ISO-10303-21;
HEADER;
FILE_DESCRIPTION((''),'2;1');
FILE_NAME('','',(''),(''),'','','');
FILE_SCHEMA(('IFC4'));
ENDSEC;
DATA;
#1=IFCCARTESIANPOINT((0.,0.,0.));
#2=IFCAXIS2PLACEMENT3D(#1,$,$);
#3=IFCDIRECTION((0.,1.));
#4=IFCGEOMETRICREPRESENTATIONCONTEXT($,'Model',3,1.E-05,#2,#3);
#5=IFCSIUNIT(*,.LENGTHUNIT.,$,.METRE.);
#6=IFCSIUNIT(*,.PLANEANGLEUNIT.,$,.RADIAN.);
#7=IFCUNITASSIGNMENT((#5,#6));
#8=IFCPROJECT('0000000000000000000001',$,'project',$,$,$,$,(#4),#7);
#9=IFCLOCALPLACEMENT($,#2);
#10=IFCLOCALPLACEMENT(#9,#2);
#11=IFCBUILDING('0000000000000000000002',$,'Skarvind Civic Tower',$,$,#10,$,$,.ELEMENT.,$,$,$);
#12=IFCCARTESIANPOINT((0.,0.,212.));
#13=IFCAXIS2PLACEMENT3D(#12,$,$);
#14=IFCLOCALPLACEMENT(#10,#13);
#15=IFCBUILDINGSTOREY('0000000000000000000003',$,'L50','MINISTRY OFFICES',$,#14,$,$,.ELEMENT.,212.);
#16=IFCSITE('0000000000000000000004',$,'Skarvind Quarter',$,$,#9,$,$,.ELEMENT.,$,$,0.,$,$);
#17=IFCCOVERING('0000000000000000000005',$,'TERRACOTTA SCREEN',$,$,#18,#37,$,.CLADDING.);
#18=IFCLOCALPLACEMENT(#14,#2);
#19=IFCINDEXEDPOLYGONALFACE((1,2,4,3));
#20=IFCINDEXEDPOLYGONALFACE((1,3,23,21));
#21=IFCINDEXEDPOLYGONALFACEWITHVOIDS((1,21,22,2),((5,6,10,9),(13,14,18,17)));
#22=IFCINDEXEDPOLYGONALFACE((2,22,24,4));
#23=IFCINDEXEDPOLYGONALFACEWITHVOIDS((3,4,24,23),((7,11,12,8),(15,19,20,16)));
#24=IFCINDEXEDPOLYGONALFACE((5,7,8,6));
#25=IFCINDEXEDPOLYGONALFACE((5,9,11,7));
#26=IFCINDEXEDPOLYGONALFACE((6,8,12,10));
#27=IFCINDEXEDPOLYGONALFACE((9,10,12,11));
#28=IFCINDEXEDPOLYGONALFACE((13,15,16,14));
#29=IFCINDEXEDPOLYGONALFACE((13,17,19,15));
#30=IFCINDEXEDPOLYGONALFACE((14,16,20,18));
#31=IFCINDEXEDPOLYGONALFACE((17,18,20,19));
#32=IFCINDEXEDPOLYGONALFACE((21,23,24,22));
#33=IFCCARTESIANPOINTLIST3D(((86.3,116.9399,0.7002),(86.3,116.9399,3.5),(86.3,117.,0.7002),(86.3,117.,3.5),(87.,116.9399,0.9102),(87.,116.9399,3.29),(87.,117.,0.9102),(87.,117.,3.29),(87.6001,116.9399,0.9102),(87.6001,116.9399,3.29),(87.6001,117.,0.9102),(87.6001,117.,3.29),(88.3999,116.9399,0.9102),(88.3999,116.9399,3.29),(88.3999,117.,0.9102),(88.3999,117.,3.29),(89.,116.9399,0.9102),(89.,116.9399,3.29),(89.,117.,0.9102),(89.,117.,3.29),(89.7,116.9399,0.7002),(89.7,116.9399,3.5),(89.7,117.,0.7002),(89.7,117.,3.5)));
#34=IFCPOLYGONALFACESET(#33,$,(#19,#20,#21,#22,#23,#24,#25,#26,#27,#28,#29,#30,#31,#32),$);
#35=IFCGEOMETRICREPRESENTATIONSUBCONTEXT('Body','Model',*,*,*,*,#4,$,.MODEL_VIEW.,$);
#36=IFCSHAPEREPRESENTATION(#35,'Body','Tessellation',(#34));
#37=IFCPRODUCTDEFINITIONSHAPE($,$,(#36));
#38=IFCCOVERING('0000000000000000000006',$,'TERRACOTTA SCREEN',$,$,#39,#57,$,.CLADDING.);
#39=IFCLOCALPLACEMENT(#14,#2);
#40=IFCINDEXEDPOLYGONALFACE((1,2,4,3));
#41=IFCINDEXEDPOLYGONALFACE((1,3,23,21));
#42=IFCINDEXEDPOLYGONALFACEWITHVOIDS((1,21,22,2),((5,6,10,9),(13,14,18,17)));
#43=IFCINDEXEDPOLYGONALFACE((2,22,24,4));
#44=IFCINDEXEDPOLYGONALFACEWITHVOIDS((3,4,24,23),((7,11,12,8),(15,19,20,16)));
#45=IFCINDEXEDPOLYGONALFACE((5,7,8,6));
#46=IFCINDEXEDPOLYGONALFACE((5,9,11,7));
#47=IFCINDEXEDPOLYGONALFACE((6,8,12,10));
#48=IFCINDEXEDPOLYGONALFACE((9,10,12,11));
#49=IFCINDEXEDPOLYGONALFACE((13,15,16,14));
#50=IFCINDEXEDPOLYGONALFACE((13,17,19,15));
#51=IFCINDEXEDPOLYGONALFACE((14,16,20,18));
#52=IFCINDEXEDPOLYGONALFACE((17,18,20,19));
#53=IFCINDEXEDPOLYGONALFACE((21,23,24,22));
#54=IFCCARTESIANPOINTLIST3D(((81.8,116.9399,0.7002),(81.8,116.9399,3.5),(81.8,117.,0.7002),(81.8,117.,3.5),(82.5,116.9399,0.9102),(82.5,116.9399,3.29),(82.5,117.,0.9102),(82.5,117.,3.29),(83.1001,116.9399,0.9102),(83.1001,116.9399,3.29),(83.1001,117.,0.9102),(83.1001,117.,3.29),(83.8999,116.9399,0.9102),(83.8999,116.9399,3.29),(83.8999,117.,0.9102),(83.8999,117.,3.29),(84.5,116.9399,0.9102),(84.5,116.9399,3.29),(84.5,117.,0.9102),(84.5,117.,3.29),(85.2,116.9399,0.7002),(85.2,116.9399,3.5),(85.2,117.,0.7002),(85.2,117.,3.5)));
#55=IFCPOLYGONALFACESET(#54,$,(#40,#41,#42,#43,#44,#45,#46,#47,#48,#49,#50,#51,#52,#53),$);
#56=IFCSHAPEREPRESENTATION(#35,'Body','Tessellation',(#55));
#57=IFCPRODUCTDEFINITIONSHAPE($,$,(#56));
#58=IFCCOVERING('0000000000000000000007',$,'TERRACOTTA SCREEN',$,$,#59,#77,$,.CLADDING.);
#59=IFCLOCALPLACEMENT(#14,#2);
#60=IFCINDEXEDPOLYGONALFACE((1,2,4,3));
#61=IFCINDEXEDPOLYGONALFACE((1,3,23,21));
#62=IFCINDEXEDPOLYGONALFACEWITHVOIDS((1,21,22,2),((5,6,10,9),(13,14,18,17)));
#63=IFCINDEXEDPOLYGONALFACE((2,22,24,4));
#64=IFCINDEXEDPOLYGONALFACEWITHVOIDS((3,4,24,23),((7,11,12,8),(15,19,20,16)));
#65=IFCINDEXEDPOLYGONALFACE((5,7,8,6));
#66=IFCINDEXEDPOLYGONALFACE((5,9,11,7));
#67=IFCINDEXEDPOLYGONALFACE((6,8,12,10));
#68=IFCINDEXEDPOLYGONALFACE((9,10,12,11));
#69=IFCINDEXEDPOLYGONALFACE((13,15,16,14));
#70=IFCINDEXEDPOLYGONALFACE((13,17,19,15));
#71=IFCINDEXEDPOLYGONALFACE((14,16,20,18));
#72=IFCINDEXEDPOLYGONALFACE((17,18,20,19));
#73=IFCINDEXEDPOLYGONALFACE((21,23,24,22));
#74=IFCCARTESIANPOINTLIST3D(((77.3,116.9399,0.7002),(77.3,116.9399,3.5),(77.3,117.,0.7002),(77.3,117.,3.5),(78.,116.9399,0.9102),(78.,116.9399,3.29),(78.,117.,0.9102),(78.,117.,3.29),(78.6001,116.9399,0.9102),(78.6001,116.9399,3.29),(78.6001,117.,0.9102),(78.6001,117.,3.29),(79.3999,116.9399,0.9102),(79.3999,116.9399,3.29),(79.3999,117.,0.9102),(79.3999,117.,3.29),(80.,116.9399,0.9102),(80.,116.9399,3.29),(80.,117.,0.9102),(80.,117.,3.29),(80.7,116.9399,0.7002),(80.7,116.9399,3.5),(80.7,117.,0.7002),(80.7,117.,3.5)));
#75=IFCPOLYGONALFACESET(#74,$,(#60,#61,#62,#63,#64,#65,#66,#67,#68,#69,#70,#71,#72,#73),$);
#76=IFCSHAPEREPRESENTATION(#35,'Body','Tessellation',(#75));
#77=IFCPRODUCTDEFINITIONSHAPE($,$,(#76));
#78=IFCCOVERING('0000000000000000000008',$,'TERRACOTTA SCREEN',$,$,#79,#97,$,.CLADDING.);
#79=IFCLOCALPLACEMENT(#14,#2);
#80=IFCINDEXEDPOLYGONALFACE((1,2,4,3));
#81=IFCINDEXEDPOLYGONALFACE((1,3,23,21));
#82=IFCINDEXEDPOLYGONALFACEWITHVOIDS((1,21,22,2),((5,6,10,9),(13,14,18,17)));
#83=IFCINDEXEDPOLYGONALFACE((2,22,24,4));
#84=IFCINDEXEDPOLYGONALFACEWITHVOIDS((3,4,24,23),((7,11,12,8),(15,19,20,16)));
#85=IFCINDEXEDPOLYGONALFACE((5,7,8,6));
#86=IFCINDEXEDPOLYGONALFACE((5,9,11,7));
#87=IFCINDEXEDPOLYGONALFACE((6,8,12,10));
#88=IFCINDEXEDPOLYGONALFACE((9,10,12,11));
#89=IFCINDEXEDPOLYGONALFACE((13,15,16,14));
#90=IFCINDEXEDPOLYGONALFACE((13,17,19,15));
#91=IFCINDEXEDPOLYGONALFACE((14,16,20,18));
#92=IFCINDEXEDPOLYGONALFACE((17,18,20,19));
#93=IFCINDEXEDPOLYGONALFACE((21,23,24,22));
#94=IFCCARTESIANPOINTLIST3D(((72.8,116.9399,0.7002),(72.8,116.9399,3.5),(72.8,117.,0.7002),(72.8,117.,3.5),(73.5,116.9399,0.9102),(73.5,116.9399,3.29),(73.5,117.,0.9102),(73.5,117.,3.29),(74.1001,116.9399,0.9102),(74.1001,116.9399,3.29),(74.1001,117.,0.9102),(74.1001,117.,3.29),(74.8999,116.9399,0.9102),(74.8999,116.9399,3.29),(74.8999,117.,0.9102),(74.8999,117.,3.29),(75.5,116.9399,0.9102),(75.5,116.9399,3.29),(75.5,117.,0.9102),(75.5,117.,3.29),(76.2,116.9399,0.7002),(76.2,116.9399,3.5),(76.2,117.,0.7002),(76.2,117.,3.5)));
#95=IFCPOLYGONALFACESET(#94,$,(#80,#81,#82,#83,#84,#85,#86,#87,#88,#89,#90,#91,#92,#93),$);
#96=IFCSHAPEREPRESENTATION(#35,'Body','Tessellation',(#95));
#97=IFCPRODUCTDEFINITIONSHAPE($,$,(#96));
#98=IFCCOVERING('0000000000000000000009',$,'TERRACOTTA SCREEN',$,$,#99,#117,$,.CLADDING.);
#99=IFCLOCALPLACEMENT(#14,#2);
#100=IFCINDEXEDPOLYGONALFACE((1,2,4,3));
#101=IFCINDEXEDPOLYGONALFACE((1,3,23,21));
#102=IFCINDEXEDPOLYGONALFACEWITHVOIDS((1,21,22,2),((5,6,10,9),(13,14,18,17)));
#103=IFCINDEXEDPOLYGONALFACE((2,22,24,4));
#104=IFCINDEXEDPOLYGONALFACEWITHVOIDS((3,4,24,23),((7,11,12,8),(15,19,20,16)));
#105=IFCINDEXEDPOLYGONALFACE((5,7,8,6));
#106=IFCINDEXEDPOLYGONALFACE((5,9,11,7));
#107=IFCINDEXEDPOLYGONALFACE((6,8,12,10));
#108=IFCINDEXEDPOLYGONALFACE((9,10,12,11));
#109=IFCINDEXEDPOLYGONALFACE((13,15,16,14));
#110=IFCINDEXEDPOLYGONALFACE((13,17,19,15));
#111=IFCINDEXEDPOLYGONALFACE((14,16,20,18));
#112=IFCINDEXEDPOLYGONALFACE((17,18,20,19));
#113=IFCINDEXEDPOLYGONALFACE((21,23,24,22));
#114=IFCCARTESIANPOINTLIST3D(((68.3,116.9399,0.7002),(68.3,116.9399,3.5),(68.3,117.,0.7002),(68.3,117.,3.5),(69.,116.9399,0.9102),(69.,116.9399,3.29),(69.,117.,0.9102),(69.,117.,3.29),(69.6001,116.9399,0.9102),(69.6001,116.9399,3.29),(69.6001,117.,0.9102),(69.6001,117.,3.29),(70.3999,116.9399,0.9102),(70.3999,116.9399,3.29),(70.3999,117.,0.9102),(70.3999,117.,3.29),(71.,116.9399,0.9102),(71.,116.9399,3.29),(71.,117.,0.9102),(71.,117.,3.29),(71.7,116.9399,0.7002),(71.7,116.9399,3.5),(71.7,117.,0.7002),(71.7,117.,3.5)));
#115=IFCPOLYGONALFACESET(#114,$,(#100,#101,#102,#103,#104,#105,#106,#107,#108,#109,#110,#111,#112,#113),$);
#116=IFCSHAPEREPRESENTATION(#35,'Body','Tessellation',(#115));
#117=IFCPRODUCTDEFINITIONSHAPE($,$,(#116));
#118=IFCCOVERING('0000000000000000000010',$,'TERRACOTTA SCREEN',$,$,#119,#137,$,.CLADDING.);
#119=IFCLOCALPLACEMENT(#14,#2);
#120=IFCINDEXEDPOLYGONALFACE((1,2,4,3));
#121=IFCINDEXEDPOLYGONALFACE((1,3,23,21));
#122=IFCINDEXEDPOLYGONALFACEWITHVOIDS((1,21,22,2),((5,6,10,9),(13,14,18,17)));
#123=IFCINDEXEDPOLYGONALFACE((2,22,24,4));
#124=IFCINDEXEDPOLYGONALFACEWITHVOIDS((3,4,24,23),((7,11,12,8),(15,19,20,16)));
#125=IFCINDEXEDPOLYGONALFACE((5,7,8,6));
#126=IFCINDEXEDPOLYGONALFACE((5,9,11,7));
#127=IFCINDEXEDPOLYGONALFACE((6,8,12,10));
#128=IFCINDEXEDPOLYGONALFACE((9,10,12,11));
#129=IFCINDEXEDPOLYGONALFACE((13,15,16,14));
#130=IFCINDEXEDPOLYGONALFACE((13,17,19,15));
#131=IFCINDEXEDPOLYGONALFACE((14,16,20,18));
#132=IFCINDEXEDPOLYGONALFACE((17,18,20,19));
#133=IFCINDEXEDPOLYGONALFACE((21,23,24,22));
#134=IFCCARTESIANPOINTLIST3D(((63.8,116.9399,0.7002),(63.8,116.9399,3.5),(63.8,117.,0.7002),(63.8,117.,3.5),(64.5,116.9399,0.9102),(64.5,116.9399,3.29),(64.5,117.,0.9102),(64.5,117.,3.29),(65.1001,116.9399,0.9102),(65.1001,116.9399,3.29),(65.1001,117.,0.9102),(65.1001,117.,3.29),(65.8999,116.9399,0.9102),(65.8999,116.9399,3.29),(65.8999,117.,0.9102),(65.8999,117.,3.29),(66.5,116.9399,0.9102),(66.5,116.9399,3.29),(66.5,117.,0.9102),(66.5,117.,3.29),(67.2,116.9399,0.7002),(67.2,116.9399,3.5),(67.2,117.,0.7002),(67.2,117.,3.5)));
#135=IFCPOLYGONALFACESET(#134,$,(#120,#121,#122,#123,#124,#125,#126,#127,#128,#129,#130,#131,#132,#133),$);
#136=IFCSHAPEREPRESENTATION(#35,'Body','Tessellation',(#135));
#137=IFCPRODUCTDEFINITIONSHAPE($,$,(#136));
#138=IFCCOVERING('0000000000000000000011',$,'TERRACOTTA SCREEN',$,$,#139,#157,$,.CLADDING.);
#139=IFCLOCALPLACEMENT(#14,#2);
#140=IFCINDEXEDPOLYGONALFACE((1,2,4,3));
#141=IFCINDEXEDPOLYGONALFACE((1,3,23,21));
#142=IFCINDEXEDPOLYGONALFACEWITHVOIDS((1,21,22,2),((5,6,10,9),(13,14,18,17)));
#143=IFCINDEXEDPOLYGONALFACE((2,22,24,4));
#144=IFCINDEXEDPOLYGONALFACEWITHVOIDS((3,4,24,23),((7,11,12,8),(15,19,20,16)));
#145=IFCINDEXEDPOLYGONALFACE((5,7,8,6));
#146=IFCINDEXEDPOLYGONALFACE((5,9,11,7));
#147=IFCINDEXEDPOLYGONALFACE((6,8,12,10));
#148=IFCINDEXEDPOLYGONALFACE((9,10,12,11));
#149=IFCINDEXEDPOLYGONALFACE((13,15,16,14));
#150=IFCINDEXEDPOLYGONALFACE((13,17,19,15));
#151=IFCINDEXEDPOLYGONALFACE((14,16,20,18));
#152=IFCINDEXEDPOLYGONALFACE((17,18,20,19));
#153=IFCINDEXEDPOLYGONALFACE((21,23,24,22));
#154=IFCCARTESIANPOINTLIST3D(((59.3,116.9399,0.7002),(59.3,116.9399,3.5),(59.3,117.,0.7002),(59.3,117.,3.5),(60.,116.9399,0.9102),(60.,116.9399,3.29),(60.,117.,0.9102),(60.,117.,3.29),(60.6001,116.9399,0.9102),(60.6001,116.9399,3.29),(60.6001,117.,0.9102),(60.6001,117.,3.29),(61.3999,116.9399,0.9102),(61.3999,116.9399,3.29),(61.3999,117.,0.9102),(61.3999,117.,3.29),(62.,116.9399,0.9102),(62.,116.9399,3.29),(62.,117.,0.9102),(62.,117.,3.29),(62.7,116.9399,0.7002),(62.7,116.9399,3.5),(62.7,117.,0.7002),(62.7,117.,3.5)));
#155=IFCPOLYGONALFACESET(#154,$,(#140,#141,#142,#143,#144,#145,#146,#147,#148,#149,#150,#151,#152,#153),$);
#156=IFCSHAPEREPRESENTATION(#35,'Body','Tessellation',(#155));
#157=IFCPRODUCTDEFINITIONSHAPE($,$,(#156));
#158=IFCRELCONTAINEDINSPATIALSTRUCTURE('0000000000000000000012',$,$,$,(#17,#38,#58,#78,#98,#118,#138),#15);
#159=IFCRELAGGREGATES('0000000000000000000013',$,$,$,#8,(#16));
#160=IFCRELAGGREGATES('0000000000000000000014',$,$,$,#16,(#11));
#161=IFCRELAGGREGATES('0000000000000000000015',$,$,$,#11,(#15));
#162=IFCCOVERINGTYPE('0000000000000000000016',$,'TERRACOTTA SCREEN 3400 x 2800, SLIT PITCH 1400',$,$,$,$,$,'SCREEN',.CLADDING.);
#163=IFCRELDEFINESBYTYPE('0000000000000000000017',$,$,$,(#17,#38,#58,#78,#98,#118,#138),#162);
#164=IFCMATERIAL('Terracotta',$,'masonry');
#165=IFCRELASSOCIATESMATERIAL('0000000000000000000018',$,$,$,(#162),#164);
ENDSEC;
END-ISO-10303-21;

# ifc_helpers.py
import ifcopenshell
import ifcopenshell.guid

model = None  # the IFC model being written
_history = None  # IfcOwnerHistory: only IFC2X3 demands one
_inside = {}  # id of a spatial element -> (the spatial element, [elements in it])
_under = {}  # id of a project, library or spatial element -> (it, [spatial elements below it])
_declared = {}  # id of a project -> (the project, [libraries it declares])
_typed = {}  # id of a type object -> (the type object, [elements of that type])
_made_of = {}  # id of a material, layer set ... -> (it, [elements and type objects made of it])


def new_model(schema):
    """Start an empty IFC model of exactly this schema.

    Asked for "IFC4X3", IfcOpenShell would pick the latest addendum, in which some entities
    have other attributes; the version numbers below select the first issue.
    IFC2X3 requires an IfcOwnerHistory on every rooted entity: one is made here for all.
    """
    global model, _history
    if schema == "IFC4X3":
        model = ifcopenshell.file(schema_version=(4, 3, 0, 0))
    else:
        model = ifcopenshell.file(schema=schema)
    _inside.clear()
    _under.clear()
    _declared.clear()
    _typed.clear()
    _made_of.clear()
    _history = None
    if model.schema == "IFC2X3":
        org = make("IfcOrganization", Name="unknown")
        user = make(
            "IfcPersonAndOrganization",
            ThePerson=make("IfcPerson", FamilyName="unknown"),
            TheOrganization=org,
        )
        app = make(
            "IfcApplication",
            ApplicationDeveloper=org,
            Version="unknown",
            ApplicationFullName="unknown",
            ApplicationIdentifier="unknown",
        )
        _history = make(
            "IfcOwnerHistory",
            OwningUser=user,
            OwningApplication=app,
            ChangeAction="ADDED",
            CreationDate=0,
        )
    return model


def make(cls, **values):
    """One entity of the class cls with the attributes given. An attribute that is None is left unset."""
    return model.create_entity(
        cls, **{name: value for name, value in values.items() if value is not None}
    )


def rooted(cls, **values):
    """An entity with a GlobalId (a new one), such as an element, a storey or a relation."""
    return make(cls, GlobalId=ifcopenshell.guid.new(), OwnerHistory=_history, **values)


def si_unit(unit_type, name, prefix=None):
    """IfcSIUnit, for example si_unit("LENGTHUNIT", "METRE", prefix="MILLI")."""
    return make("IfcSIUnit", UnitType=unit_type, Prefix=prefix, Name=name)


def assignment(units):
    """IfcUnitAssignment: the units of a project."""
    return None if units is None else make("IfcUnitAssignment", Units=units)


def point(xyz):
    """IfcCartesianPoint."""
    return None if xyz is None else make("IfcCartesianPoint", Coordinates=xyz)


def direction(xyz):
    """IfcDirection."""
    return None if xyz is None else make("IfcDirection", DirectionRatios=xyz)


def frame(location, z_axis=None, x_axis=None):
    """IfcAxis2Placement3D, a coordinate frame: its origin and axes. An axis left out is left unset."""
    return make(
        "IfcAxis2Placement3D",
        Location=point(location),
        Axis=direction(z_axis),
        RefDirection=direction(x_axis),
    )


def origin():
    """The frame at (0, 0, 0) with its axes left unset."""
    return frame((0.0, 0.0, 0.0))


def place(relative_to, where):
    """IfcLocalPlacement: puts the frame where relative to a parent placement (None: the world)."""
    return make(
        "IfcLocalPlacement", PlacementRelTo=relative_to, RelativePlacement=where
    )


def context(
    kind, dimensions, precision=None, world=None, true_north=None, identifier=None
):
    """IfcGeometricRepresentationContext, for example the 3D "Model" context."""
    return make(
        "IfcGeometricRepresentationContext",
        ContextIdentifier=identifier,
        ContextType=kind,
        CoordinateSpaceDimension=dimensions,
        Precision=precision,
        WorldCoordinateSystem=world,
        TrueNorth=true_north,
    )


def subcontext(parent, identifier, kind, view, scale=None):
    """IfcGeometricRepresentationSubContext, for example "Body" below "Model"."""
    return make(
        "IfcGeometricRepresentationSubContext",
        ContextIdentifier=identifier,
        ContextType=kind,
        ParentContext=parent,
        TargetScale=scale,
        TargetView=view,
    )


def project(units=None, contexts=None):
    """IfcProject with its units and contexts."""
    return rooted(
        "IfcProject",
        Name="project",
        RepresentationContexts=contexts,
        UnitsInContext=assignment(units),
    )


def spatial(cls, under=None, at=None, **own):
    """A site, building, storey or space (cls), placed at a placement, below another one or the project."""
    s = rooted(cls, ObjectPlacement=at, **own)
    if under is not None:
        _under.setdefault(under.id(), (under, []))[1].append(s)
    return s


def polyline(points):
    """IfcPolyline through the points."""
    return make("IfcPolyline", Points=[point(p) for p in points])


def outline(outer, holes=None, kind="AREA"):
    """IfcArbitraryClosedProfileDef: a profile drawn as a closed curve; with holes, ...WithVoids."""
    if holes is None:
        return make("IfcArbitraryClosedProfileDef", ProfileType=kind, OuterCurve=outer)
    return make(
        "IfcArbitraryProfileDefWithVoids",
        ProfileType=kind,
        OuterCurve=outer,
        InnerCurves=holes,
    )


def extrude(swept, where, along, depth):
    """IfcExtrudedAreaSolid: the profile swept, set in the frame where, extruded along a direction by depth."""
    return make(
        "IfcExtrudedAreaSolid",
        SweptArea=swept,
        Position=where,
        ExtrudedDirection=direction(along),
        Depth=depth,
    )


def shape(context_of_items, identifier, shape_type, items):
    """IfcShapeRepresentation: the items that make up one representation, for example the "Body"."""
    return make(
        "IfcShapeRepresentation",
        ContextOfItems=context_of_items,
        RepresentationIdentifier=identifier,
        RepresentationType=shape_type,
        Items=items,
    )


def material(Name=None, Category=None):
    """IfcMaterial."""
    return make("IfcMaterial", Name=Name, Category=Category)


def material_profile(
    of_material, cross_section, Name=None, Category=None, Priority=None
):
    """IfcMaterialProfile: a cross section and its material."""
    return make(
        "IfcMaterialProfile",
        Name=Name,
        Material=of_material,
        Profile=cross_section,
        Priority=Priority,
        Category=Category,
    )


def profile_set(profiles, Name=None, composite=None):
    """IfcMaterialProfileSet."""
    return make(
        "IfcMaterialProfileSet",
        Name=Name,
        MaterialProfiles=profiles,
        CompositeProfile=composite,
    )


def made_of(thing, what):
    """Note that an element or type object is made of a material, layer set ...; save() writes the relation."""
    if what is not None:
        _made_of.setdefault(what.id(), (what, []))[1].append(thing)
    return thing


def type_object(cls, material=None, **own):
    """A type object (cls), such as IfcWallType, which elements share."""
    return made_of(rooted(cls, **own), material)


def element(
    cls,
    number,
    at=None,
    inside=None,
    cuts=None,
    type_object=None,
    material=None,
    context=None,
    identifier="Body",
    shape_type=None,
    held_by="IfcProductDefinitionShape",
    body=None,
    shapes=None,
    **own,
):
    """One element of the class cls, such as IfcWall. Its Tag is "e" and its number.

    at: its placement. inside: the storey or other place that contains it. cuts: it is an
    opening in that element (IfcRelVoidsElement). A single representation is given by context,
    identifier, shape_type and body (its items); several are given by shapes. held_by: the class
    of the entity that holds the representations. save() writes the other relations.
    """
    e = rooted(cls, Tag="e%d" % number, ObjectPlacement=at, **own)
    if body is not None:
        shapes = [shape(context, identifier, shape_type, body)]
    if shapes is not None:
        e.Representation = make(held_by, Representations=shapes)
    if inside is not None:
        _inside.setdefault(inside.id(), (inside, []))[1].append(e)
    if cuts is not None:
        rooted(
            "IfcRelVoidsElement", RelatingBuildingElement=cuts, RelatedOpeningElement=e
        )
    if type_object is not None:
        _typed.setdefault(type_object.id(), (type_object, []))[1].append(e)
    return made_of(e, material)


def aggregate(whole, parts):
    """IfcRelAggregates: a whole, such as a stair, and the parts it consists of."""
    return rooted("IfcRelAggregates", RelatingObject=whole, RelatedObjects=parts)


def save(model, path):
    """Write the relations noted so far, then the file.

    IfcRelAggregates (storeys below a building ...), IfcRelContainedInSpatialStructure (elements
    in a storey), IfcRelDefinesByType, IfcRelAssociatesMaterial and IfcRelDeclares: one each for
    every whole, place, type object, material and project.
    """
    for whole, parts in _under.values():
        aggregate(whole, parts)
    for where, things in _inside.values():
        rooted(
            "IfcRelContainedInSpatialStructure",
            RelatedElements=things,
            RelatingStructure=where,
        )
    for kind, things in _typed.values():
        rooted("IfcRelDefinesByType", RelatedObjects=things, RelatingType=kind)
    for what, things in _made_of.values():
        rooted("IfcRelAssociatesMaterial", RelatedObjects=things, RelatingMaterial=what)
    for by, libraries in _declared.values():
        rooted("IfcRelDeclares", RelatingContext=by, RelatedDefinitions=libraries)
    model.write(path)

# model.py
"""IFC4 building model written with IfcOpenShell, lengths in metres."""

from ifc_helpers import new_model, si_unit, direction, frame, origin, place, context, subcontext, project, spatial, polyline, outline, extrude, material, material_profile, profile_set, type_object, element, save


model = new_model("IFC4")

# Units and contexts
model_context = context("Model", 3, precision=1e-05, world=origin(), true_north=direction((0.0, 1.0)))
body_context = subcontext(model_context, "Body", "Model", "MODEL_VIEW")
ifc_project = project(units=[si_unit("LENGTHUNIT", "METRE"), si_unit("PLANEANGLEUNIT", "RADIAN")], contexts=[model_context])

# Site, building, storey
site_placement = place(None, origin())
site = spatial("IfcSite", under=ifc_project, at=site_placement, Name="Skarvind Quarter", CompositionType="ELEMENT", RefElevation=0.0)
building_placement = place(site_placement, origin())
building = spatial("IfcBuilding", under=site, at=building_placement, Name="Skarvind Civic Tower", CompositionType="ELEMENT")
storey_placement = place(building_placement, frame((0.0, 0.0, 212.0)))
storey = spatial("IfcBuildingStorey", under=building, at=storey_placement, Name="L50", Description="MINISTRY OFFICES", CompositionType="ELEMENT", Elevation=212.0)

# Coverings
ifc_material_1 = material(Name="Terracotta", Category="masonry")
ifc_material_profile_1 = material_profile(ifc_material_1, outline(polyline([(-1.7, -1.3999), (1.7, -1.3999), (1.7, 1.3999), (-1.7, 1.3999), (-1.7, -1.3999)]), holes=[polyline([(-1.0, -1.1899), (-0.3999, -1.1899), (-0.3999, 1.1899), (-1.0, 1.1899), (-1.0, -1.1899)]), polyline([(0.3999, -1.1899), (1.0, -1.1899), (1.0, 1.1899), (0.3999, 1.1899), (0.3999, -1.1899)])]), Name="TERRACOTTA SCREEN 3400 x 2800, SLIT PITCH 1400")
ifc_profile_set_1 = profile_set([ifc_material_profile_1], Name="Terracotta")
covering_type = type_object("IfcCoveringType", Name="TERRACOTTA SCREEN 3400 x 2800, SLIT PITCH 1400", ElementType="SCREEN", PredefinedType="CLADDING", material=ifc_profile_set_1)
for number, where, z_axis, x_axis, name in (
    (1, (88.0, 117.0, 2.1001), (0.0, -1.0, 0.0), (1.0, 0.0, 0.0), "TERRACOTTA SCREEN"),
    (2, (83.5, 117.0, 2.1001), (0.0, -1.0, 0.0), (1.0, 0.0, 0.0), "TERRACOTTA SCREEN"),
    (3, (79.0, 117.0, 2.1001), (0.0, -1.0, 0.0), (1.0, 0.0, 0.0), "TERRACOTTA SCREEN"),
    (4, (74.5, 117.0, 2.1001), (0.0, -1.0, 0.0), (1.0, 0.0, 0.0), "TERRACOTTA SCREEN"),
    (5, (70.0, 117.0, 2.1001), (0.0, -1.0, 0.0), (1.0, 0.0, 0.0), "TERRACOTTA SCREEN"),
    (6, (65.5, 117.0, 2.1001), (0.0, -1.0, 0.0), (1.0, 0.0, 0.0), "TERRACOTTA SCREEN"),
    (7, (61.0, 117.0, 2.1001), (0.0, -1.0, 0.0), (1.0, 0.0, 0.0), "TERRACOTTA SCREEN"),
):
    element("IfcCovering", number, at=place(storey_placement, frame(where, z_axis=z_axis, x_axis=x_axis)), inside=storey, type_object=covering_type, Name=name, PredefinedType="CLADDING", context=body_context, shape_type="SweptSolid", body=[
        extrude(outline(polyline([(-1.7, -1.3999), (1.7, -1.3999), (1.7, 1.3999), (-1.7, 1.3999), (-1.7, -1.3999)]), holes=[polyline([(-1.0, -1.1899), (-0.3999, -1.1899), (-0.3999, 1.1899), (-1.0, 1.1899), (-1.0, -1.1899)]), polyline([(0.3999, -1.1899), (1.0, -1.1899), (1.0, 1.1899), (0.3999, 1.1899), (0.3999, -1.1899)])]), origin(), (0.0, 0.0, 1.0), 0.0601),
    ])

save(model, "model.ifc")
